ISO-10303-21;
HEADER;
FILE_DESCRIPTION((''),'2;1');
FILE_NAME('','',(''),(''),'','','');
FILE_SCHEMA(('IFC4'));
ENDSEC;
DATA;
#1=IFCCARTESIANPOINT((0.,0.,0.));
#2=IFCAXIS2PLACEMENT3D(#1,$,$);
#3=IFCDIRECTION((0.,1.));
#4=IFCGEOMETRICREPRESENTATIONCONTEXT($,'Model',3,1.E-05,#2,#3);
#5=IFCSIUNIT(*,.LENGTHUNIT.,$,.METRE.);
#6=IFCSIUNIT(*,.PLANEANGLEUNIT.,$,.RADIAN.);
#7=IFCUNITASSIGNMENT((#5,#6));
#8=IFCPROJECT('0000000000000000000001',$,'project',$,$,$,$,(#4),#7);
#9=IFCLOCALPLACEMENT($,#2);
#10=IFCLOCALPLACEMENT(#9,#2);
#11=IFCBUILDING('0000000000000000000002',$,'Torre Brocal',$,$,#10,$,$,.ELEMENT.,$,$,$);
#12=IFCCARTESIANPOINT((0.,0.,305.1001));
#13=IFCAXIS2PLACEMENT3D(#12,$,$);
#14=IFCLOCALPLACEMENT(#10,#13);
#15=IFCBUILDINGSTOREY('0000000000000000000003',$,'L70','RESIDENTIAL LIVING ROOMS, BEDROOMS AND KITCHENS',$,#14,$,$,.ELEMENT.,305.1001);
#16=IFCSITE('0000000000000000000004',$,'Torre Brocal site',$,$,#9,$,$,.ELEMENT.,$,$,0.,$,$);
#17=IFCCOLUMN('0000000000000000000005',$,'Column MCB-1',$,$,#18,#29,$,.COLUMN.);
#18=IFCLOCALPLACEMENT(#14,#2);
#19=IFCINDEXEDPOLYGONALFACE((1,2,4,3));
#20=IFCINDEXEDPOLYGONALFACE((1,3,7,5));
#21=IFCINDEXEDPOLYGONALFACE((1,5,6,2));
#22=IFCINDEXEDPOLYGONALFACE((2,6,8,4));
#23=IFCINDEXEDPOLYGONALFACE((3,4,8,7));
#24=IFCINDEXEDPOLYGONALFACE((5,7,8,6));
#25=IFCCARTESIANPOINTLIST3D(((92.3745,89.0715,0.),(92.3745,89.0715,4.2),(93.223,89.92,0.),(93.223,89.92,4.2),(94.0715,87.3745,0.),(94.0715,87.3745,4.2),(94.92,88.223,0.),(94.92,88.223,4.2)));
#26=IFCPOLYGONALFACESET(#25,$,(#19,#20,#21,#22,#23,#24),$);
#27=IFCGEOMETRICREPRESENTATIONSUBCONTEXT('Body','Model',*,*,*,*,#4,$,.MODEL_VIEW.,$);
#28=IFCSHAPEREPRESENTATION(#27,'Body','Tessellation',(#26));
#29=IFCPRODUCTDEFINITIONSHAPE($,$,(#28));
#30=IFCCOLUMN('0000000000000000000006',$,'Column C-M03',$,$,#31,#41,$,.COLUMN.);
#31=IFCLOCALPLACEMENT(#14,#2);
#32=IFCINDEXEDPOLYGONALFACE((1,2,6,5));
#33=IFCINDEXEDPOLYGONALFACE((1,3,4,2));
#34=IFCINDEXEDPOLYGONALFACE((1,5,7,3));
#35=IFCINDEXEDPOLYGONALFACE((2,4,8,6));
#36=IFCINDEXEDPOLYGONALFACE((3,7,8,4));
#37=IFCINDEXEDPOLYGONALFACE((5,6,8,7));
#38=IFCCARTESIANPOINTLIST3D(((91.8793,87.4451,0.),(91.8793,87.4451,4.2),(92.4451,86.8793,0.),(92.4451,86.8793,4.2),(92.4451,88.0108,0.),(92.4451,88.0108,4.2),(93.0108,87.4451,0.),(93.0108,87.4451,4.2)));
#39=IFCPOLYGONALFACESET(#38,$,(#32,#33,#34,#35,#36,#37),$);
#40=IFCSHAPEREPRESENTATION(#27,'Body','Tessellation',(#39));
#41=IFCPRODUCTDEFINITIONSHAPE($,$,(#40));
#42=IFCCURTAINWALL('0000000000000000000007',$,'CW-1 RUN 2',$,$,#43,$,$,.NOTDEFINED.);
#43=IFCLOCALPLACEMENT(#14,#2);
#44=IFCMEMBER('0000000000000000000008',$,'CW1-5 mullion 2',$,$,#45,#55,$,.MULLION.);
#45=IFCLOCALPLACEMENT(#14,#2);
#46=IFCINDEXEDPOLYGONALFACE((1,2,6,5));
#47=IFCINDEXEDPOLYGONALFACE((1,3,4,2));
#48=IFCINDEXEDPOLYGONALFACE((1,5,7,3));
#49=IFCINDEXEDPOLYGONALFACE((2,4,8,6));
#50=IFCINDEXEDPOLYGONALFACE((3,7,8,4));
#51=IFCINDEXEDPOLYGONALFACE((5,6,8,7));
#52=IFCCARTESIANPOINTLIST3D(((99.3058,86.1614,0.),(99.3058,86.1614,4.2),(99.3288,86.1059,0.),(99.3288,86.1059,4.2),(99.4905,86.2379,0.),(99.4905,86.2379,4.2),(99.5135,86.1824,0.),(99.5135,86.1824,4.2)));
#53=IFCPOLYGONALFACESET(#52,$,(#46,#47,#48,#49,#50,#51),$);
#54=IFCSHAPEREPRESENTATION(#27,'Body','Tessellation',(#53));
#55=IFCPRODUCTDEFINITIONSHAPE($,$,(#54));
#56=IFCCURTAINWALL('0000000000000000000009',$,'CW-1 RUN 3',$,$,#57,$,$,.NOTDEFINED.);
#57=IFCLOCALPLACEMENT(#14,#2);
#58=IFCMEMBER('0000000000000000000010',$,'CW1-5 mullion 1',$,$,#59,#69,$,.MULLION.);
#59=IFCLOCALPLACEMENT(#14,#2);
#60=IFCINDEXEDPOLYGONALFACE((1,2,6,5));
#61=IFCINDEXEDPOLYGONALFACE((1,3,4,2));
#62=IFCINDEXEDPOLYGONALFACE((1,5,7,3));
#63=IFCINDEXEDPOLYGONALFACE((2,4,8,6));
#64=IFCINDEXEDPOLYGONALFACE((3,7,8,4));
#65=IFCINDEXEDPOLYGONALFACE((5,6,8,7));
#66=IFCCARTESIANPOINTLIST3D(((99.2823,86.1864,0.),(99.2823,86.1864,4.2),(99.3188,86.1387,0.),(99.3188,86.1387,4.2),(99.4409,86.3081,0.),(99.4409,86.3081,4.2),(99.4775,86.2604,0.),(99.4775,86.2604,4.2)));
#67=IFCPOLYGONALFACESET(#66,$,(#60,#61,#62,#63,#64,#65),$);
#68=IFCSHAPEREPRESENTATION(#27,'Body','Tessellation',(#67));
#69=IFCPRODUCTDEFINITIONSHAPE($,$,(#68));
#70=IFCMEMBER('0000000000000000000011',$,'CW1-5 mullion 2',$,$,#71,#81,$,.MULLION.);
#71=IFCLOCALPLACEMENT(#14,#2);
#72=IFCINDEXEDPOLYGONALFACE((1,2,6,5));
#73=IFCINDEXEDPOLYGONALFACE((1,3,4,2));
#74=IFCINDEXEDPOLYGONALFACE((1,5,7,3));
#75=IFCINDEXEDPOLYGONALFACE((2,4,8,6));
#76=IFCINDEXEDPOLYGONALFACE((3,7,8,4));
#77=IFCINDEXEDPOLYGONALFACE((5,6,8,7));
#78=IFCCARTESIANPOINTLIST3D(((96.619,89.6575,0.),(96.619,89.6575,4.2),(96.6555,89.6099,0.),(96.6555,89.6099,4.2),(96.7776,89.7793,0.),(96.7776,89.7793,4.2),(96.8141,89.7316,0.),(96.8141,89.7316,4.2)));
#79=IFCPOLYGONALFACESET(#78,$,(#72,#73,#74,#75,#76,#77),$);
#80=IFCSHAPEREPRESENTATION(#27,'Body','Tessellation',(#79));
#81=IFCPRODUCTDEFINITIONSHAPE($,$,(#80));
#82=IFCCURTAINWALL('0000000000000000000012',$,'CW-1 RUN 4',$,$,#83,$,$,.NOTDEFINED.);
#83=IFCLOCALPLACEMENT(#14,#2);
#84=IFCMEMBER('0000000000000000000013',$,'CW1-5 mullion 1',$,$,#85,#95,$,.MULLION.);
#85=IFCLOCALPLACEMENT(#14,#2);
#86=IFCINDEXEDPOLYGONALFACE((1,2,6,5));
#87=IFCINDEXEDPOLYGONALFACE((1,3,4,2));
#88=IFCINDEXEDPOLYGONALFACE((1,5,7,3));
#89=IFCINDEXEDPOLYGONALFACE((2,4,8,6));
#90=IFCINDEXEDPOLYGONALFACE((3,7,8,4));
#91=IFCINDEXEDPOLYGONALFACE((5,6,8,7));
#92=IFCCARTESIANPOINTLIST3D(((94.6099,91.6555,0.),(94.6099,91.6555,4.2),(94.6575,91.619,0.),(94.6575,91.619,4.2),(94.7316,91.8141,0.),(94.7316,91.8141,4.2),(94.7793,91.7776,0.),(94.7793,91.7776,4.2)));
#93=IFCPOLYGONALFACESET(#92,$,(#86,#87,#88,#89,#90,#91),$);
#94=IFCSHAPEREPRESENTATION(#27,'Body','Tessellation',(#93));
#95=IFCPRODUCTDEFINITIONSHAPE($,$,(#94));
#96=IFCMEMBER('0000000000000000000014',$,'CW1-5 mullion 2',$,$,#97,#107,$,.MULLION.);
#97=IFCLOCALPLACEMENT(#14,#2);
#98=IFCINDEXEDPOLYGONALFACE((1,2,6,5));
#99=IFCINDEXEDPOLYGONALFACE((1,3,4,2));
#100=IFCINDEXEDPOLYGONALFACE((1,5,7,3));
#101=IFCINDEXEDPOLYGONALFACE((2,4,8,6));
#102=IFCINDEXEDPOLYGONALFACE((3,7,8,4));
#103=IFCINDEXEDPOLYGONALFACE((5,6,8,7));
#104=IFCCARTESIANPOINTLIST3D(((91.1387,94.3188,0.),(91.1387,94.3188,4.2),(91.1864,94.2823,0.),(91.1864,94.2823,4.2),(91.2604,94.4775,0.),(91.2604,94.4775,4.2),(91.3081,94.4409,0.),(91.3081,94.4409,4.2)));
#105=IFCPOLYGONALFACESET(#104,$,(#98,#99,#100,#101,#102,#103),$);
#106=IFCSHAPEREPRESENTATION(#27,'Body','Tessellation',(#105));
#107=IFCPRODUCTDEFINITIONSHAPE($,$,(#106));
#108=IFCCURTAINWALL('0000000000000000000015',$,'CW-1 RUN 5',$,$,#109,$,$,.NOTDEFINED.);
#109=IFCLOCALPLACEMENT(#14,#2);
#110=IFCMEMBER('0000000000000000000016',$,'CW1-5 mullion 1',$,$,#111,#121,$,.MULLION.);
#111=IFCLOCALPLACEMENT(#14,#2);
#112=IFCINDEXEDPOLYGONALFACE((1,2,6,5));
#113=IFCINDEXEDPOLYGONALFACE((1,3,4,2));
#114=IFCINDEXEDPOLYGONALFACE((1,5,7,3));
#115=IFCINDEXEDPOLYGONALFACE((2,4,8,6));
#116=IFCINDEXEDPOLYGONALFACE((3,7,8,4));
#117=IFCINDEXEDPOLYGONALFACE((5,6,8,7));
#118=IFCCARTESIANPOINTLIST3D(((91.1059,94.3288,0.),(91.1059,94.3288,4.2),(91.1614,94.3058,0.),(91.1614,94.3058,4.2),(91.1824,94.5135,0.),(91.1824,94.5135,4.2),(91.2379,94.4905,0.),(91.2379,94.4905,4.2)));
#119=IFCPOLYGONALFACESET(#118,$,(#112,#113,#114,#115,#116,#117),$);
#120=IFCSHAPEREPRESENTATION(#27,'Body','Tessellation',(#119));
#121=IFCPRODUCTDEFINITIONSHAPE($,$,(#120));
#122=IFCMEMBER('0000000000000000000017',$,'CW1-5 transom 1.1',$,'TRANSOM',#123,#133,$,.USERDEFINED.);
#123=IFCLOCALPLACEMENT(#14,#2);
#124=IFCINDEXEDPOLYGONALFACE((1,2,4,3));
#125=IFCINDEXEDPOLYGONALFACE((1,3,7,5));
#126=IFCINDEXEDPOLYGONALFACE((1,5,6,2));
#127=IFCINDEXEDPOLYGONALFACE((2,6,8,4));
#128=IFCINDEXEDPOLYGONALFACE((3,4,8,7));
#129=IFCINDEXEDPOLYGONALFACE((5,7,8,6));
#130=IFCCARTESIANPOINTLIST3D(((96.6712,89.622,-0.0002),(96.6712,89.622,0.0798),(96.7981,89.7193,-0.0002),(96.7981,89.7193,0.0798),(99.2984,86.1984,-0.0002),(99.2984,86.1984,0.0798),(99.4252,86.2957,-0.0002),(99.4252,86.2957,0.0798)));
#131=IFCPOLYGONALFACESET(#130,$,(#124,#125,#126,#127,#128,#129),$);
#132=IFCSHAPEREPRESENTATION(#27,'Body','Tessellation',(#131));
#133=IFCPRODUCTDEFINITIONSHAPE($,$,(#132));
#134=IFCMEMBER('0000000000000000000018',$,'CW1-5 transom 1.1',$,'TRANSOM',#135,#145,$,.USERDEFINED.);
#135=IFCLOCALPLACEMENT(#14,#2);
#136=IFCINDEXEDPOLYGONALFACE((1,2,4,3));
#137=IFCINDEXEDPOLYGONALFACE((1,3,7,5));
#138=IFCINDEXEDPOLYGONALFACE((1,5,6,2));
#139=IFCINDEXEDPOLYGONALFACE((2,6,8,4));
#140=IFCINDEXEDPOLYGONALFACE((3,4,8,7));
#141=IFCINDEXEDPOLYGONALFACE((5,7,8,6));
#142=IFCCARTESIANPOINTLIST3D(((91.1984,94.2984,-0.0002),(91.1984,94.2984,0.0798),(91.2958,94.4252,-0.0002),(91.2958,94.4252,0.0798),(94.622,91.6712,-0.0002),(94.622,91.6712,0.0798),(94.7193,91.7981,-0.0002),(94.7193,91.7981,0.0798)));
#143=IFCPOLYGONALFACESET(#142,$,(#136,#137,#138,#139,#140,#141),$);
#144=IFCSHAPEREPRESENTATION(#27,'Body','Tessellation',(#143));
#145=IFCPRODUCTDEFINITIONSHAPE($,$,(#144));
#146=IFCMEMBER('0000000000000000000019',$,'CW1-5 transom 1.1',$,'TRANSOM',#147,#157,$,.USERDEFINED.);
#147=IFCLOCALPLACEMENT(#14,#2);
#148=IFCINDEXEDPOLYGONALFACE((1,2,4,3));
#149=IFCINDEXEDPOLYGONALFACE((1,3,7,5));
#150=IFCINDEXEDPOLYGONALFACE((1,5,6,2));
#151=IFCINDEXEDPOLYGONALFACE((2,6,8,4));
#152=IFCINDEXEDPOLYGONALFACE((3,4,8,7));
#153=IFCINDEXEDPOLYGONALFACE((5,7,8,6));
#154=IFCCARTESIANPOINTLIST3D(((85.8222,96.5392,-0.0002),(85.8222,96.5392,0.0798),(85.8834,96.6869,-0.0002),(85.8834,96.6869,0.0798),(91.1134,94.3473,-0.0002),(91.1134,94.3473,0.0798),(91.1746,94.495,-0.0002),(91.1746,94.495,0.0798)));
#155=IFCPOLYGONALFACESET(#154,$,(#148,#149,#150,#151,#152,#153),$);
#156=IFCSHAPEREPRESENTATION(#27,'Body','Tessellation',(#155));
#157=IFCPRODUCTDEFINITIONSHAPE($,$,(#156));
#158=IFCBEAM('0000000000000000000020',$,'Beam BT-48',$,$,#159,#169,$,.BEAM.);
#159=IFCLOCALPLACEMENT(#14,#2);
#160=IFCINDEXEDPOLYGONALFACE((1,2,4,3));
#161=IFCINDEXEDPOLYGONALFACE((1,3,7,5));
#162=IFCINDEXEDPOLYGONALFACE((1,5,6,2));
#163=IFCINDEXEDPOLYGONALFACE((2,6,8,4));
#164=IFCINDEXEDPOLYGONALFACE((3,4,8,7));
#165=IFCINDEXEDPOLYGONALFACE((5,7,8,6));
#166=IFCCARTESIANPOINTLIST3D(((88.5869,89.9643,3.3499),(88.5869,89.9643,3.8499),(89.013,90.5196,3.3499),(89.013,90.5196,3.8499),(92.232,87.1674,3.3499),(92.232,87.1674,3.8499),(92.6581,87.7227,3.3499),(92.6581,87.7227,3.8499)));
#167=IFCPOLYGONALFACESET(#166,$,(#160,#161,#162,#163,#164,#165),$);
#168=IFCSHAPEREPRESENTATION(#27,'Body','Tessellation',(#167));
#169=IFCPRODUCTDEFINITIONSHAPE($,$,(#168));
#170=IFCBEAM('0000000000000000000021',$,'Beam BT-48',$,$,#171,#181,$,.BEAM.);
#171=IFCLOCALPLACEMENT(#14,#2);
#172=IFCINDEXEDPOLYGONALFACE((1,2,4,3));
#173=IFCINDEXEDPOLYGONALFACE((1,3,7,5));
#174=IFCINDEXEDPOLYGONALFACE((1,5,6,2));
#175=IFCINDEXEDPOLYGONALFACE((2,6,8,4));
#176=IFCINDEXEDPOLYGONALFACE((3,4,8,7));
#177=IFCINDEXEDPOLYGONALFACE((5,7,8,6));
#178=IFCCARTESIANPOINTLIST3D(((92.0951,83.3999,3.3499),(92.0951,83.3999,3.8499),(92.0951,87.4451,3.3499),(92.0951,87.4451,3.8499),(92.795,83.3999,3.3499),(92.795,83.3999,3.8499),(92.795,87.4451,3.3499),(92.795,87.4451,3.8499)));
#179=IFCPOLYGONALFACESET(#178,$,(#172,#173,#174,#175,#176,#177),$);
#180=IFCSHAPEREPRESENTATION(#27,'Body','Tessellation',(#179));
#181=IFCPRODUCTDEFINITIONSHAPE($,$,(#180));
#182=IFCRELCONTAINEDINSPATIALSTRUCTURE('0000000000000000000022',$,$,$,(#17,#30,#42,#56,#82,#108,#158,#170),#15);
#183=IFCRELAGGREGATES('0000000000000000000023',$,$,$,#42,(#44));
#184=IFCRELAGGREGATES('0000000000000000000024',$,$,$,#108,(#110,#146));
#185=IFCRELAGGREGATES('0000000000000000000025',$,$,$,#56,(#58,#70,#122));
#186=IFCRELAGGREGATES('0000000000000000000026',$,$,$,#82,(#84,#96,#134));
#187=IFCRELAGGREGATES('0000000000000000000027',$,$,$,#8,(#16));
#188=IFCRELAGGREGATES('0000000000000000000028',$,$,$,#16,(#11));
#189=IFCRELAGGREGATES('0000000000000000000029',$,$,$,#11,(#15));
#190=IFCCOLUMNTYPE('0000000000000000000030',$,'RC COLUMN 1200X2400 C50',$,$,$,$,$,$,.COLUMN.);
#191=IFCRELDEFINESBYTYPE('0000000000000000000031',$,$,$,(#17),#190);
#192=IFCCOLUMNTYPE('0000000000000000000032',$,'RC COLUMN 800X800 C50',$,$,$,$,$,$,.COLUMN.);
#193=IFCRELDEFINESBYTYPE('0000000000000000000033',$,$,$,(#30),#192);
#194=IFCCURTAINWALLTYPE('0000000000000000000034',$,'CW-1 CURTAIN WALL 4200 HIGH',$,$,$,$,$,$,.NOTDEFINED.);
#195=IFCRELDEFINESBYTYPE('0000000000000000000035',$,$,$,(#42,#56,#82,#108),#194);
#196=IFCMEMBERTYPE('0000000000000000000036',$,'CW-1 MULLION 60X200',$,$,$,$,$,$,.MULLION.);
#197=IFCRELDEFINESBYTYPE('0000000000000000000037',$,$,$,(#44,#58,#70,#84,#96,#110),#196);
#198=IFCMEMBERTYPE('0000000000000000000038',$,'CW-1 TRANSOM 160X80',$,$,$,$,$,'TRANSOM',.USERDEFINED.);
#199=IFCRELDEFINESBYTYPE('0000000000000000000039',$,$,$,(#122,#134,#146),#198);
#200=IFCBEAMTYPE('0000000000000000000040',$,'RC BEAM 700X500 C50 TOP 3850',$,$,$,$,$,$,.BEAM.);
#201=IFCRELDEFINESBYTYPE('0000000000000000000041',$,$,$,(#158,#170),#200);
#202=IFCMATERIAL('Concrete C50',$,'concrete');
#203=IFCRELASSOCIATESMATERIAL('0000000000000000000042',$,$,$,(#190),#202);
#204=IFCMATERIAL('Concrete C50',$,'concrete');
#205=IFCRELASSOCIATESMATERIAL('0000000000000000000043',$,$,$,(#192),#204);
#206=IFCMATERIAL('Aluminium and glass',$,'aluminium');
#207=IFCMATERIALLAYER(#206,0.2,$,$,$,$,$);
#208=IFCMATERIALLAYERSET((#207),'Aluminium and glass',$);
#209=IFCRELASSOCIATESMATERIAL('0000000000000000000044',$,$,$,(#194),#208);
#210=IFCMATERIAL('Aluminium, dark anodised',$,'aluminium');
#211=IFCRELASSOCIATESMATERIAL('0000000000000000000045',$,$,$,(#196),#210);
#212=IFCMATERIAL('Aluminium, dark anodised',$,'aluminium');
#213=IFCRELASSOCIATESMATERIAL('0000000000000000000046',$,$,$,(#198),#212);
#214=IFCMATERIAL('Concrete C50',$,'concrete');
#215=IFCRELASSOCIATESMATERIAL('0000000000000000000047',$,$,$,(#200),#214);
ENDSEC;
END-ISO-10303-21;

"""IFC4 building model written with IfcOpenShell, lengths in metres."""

from ifc_helpers import new_model, si_unit, direction, frame, origin, origin_2d, place, context, subcontext, project, spatial, rectangle, extrude, material, layer, layer_set, material_profile, profile_set, type_object, element, aggregate, save


model = new_model("IFC4")

# Units and contexts
model_context = context("Model", 3, precision=1e-05, world=origin(), true_north=direction((0.0, 1.0)))
body_context = subcontext(model_context, "Body", "Model", "MODEL_VIEW")
ifc_project = project(units=[si_unit("LENGTHUNIT", "METRE"), si_unit("PLANEANGLEUNIT", "RADIAN")], contexts=[model_context])

# Site, building, storey
site_placement = place(None, origin())
site = spatial("IfcSite", under=ifc_project, at=site_placement, Name="Torre Brocal site", CompositionType="ELEMENT", RefElevation=0.0)
building_placement = place(site_placement, origin())
building = spatial("IfcBuilding", under=site, at=building_placement, Name="Torre Brocal", CompositionType="ELEMENT")
storey_placement = place(building_placement, frame((0.0, 0.0, 305.1001)))
storey = spatial("IfcBuildingStorey", under=building, at=storey_placement, Name="L70", Description="RESIDENTIAL LIVING ROOMS, BEDROOMS AND KITCHENS", CompositionType="ELEMENT", Elevation=305.1001)

# Columns
ifc_material_1 = material(Name="Concrete C50", Category="concrete")
ifc_material_profile_1 = material_profile(ifc_material_1, rectangle(XDim=1.2, YDim=2.3999, at=origin_2d()), Name="RC 1200X2400")
ifc_profile_set_1 = profile_set([ifc_material_profile_1], Name="Concrete C50")
column_type_1 = type_object("IfcColumnType", Name="RC COLUMN 1200X2400 C50", PredefinedType="COLUMN", material=ifc_profile_set_1)
column_1_placement = place(storey_placement, frame((93.6472, 88.6472, 0.0), z_axis=(0.0, 0.0, 1.0), x_axis=(0.707107, 0.707107, 0.0)))
element("IfcColumn", 1, at=column_1_placement, inside=storey, type_object=column_type_1, Name="Column MCB-1", PredefinedType="COLUMN", context=body_context, shape_type="SweptSolid", body=[
    extrude(rectangle(XDim=1.2, YDim=2.3999, at=origin_2d()), origin(), (0.0, 0.0, 1.0), 4.2),
])
ifc_material_2 = material(Name="Concrete C50", Category="concrete")
ifc_material_profile_2 = material_profile(ifc_material_2, rectangle(XDim=0.8, YDim=0.8, at=origin_2d()), Name="RC 800X800")
ifc_profile_set_2 = profile_set([ifc_material_profile_2], Name="Concrete C50")
column_type_2 = type_object("IfcColumnType", Name="RC COLUMN 800X800 C50", PredefinedType="COLUMN", material=ifc_profile_set_2)
column_2_placement = place(storey_placement, frame((92.4451, 87.4451, 0.0), z_axis=(0.0, 0.0, 1.0), x_axis=(0.707107, 0.707107, 0.0)))
element("IfcColumn", 2, at=column_2_placement, inside=storey, type_object=column_type_2, Name="Column C-M03", PredefinedType="COLUMN", context=body_context, shape_type="SweptSolid", body=[
    extrude(rectangle(XDim=0.8, YDim=0.8, at=origin_2d()), origin(), (0.0, 0.0, 1.0), 4.2),
])

# Curtain wall, member
ifc_material_3 = material(Name="Aluminium and glass", Category="aluminium")
ifc_layer_1 = layer(ifc_material_3, 0.2)
ifc_layer_set_1 = layer_set([ifc_layer_1], Name="Aluminium and glass")
curtain_wall_type = type_object("IfcCurtainWallType", Name="CW-1 CURTAIN WALL 4200 HIGH", PredefinedType="NOTDEFINED", material=ifc_layer_set_1)
curtain_wall_1_placement = place(storey_placement, origin())
curtain_wall_1 = element("IfcCurtainWall", 3, at=curtain_wall_1_placement, inside=storey, type_object=curtain_wall_type, Name="CW-1 RUN 2", PredefinedType="NOTDEFINED")
ifc_material_4 = material(Name="Aluminium, dark anodised", Category="aluminium")
ifc_material_profile_3 = material_profile(ifc_material_4, rectangle(XDim=0.2, YDim=0.0601, at=origin_2d()), Name="CW-1 MULLION 60X200")
ifc_profile_set_3 = profile_set([ifc_material_profile_3], Name="Aluminium, dark anodised")
member_type_1 = type_object("IfcMemberType", Name="CW-1 MULLION 60X200", PredefinedType="MULLION", material=ifc_profile_set_3)
member_1_placement = place(storey_placement, frame((99.4097, 86.1719, 0.0), z_axis=(0.0, 0.0, 1.0), x_axis=(-0.92388, -0.382683, 0.0)))
member_1 = element("IfcMember", 4, at=member_1_placement, type_object=member_type_1, Name="CW1-5 mullion 2", PredefinedType="MULLION", context=body_context, shape_type="SweptSolid", body=[
    extrude(rectangle(XDim=0.2, YDim=0.0601, at=origin_2d()), origin(), (0.0, 0.0, 1.0), 4.2),
])
aggregate(curtain_wall_1, [member_1])

# Curtain walls, members
curtain_wall_2_placement = place(storey_placement, origin())
curtain_wall_2 = element("IfcCurtainWall", 5, at=curtain_wall_2_placement, inside=storey, type_object=curtain_wall_type, Name="CW-1 RUN 3", PredefinedType="NOTDEFINED")
member_2_placement = place(storey_placement, frame((99.3799, 86.2234, 0.0), z_axis=(0.0, 0.0, 1.0), x_axis=(-0.793353, -0.608761, 0.0)))
member_2 = element("IfcMember", 6, at=member_2_placement, type_object=member_type_1, Name="CW1-5 mullion 1", PredefinedType="MULLION", context=body_context, shape_type="SweptSolid", body=[
    extrude(rectangle(XDim=0.2, YDim=0.0601, at=origin_2d()), origin(), (0.0, 0.0, 1.0), 4.2),
])
member_3_placement = place(storey_placement, frame((96.7166, 89.6946, 0.0), z_axis=(0.0, 0.0, 1.0), x_axis=(-0.793353, -0.608761, 0.0)))
member_3 = element("IfcMember", 7, at=member_3_placement, type_object=member_type_1, Name="CW1-5 mullion 2", PredefinedType="MULLION", context=body_context, shape_type="SweptSolid", body=[
    extrude(rectangle(XDim=0.2, YDim=0.0601, at=origin_2d()), origin(), (0.0, 0.0, 1.0), 4.2),
])
curtain_wall_3_placement = place(storey_placement, origin())
curtain_wall_3 = element("IfcCurtainWall", 8, at=curtain_wall_3_placement, inside=storey, type_object=curtain_wall_type, Name="CW-1 RUN 4", PredefinedType="NOTDEFINED")
member_4_placement = place(storey_placement, frame((94.6946, 91.7166, 0.0), z_axis=(0.0, 0.0, 1.0), x_axis=(-0.608761, -0.793353, 0.0)))
member_4 = element("IfcMember", 9, at=member_4_placement, type_object=member_type_1, Name="CW1-5 mullion 1", PredefinedType="MULLION", context=body_context, shape_type="SweptSolid", body=[
    extrude(rectangle(XDim=0.2, YDim=0.0601, at=origin_2d()), origin(), (0.0, 0.0, 1.0), 4.2),
])
member_5_placement = place(storey_placement, frame((91.2234, 94.3799, 0.0), z_axis=(0.0, 0.0, 1.0), x_axis=(-0.608761, -0.793353, 0.0)))
member_5 = element("IfcMember", 10, at=member_5_placement, type_object=member_type_1, Name="CW1-5 mullion 2", PredefinedType="MULLION", context=body_context, shape_type="SweptSolid", body=[
    extrude(rectangle(XDim=0.2, YDim=0.0601, at=origin_2d()), origin(), (0.0, 0.0, 1.0), 4.2),
])

# Curtain wall, member
curtain_wall_4_placement = place(storey_placement, origin())
curtain_wall_4 = element("IfcCurtainWall", 11, at=curtain_wall_4_placement, inside=storey, type_object=curtain_wall_type, Name="CW-1 RUN 5", PredefinedType="NOTDEFINED")
member_6_placement = place(storey_placement, frame((91.1719, 94.4097, 0.0), z_axis=(0.0, 0.0, 1.0), x_axis=(-0.382683, -0.92388, 0.0)))
member_6 = element("IfcMember", 12, at=member_6_placement, type_object=member_type_1, Name="CW1-5 mullion 1", PredefinedType="MULLION", context=body_context, shape_type="SweptSolid", body=[
    extrude(rectangle(XDim=0.2, YDim=0.0601, at=origin_2d()), origin(), (0.0, 0.0, 1.0), 4.2),
])

# Members
ifc_material_5 = material(Name="Aluminium, dark anodised", Category="aluminium")
ifc_material_profile_4 = material_profile(ifc_material_5, rectangle(XDim=0.1599, YDim=0.0801, at=origin_2d()), Name="CW-1 TRANSOM 160X80")
ifc_profile_set_4 = profile_set([ifc_material_profile_4], Name="Aluminium, dark anodised")
member_type_2 = type_object("IfcMemberType", Name="CW-1 TRANSOM 160X80", ElementType="TRANSOM", PredefinedType="USERDEFINED", material=ifc_profile_set_4)
member_7_placement = place(storey_placement, frame((99.3618, 86.2471, 0.0398), z_axis=(-0.608789, 0.793332, 0.0), x_axis=(-0.793332, -0.608789, 0.0)))
member_7 = element("IfcMember", 13, at=member_7_placement, type_object=member_type_2, Name="CW1-5 transom 1.1", ObjectType="TRANSOM", PredefinedType="USERDEFINED", context=body_context, shape_type="SweptSolid", body=[
    extrude(rectangle(XDim=0.1599, YDim=0.0801, at=origin_2d()), origin(), (0.0, 0.0, 1.0), 4.3154),
])
member_8_placement = place(storey_placement, frame((94.6707, 91.7346, 0.0398), z_axis=(-0.793332, 0.608789, 0.0), x_axis=(-0.608789, -0.793332, 0.0)))
member_8 = element("IfcMember", 14, at=member_8_placement, type_object=member_type_2, Name="CW1-5 transom 1.1", ObjectType="TRANSOM", PredefinedType="USERDEFINED", context=body_context, shape_type="SweptSolid", body=[
    extrude(rectangle(XDim=0.1599, YDim=0.0801, at=origin_2d()), origin(), (0.0, 0.0, 1.0), 4.3154),
])
member_9_placement = place(storey_placement, frame((91.144, 94.4211, 0.0398), z_axis=(-0.923868, 0.382711, 0.0), x_axis=(-0.382711, -0.923868, 0.0)))
member_9 = element("IfcMember", 15, at=member_9_placement, type_object=member_type_2, Name="CW1-5 transom 1.1", ObjectType="TRANSOM", PredefinedType="USERDEFINED", context=body_context, shape_type="SweptSolid", body=[
    extrude(rectangle(XDim=0.1599, YDim=0.0801, at=origin_2d()), origin(), (0.0, 0.0, 1.0), 5.7273),
])
aggregate(curtain_wall_4, [member_6, member_9])

# Beams
ifc_material_6 = material(Name="Concrete C50", Category="concrete")
ifc_material_profile_5 = material_profile(ifc_material_6, rectangle(XDim=0.7, YDim=0.5, at=origin_2d()), Name="RC 700X500")
ifc_profile_set_5 = profile_set([ifc_material_profile_5], Name="Concrete C50")
beam_type_1 = type_object("IfcBeamType", Name="RC BEAM 700X500 C50 TOP 3850", PredefinedType="BEAM", material=ifc_profile_set_5)
beam_1_placement = place(storey_placement, frame((92.4451, 87.4451, 3.5999), z_axis=(-0.793358, 0.608755, 0.0), x_axis=(-0.608755, -0.793358, 0.0)))
element("IfcBeam", 16, at=beam_1_placement, inside=storey, type_object=beam_type_1, Name="Beam BT-48", PredefinedType="BEAM", context=body_context, shape_type="SweptSolid", body=[
    extrude(rectangle(XDim=0.7, YDim=0.5, at=origin_2d()), origin(), (0.0, 0.0, 1.0), 4.5945),
])
beam_2_placement = place(storey_placement, frame((92.4451, 87.4451, 3.5999), z_axis=(0.0, -1.0, 0.0), x_axis=(1.0, 0.0, 0.0)))
element("IfcBeam", 17, at=beam_2_placement, inside=storey, type_object=beam_type_1, Name="Beam BT-48", PredefinedType="BEAM", context=body_context, shape_type="SweptSolid", body=[
    extrude(rectangle(XDim=0.7, YDim=0.5, at=origin_2d()), origin(), (0.0, 0.0, 1.0), 4.0452),
])

aggregate(curtain_wall_2, [member_2, member_3, member_7])
aggregate(curtain_wall_3, [member_4, member_5, member_8])

save(model, "model.ifc")
